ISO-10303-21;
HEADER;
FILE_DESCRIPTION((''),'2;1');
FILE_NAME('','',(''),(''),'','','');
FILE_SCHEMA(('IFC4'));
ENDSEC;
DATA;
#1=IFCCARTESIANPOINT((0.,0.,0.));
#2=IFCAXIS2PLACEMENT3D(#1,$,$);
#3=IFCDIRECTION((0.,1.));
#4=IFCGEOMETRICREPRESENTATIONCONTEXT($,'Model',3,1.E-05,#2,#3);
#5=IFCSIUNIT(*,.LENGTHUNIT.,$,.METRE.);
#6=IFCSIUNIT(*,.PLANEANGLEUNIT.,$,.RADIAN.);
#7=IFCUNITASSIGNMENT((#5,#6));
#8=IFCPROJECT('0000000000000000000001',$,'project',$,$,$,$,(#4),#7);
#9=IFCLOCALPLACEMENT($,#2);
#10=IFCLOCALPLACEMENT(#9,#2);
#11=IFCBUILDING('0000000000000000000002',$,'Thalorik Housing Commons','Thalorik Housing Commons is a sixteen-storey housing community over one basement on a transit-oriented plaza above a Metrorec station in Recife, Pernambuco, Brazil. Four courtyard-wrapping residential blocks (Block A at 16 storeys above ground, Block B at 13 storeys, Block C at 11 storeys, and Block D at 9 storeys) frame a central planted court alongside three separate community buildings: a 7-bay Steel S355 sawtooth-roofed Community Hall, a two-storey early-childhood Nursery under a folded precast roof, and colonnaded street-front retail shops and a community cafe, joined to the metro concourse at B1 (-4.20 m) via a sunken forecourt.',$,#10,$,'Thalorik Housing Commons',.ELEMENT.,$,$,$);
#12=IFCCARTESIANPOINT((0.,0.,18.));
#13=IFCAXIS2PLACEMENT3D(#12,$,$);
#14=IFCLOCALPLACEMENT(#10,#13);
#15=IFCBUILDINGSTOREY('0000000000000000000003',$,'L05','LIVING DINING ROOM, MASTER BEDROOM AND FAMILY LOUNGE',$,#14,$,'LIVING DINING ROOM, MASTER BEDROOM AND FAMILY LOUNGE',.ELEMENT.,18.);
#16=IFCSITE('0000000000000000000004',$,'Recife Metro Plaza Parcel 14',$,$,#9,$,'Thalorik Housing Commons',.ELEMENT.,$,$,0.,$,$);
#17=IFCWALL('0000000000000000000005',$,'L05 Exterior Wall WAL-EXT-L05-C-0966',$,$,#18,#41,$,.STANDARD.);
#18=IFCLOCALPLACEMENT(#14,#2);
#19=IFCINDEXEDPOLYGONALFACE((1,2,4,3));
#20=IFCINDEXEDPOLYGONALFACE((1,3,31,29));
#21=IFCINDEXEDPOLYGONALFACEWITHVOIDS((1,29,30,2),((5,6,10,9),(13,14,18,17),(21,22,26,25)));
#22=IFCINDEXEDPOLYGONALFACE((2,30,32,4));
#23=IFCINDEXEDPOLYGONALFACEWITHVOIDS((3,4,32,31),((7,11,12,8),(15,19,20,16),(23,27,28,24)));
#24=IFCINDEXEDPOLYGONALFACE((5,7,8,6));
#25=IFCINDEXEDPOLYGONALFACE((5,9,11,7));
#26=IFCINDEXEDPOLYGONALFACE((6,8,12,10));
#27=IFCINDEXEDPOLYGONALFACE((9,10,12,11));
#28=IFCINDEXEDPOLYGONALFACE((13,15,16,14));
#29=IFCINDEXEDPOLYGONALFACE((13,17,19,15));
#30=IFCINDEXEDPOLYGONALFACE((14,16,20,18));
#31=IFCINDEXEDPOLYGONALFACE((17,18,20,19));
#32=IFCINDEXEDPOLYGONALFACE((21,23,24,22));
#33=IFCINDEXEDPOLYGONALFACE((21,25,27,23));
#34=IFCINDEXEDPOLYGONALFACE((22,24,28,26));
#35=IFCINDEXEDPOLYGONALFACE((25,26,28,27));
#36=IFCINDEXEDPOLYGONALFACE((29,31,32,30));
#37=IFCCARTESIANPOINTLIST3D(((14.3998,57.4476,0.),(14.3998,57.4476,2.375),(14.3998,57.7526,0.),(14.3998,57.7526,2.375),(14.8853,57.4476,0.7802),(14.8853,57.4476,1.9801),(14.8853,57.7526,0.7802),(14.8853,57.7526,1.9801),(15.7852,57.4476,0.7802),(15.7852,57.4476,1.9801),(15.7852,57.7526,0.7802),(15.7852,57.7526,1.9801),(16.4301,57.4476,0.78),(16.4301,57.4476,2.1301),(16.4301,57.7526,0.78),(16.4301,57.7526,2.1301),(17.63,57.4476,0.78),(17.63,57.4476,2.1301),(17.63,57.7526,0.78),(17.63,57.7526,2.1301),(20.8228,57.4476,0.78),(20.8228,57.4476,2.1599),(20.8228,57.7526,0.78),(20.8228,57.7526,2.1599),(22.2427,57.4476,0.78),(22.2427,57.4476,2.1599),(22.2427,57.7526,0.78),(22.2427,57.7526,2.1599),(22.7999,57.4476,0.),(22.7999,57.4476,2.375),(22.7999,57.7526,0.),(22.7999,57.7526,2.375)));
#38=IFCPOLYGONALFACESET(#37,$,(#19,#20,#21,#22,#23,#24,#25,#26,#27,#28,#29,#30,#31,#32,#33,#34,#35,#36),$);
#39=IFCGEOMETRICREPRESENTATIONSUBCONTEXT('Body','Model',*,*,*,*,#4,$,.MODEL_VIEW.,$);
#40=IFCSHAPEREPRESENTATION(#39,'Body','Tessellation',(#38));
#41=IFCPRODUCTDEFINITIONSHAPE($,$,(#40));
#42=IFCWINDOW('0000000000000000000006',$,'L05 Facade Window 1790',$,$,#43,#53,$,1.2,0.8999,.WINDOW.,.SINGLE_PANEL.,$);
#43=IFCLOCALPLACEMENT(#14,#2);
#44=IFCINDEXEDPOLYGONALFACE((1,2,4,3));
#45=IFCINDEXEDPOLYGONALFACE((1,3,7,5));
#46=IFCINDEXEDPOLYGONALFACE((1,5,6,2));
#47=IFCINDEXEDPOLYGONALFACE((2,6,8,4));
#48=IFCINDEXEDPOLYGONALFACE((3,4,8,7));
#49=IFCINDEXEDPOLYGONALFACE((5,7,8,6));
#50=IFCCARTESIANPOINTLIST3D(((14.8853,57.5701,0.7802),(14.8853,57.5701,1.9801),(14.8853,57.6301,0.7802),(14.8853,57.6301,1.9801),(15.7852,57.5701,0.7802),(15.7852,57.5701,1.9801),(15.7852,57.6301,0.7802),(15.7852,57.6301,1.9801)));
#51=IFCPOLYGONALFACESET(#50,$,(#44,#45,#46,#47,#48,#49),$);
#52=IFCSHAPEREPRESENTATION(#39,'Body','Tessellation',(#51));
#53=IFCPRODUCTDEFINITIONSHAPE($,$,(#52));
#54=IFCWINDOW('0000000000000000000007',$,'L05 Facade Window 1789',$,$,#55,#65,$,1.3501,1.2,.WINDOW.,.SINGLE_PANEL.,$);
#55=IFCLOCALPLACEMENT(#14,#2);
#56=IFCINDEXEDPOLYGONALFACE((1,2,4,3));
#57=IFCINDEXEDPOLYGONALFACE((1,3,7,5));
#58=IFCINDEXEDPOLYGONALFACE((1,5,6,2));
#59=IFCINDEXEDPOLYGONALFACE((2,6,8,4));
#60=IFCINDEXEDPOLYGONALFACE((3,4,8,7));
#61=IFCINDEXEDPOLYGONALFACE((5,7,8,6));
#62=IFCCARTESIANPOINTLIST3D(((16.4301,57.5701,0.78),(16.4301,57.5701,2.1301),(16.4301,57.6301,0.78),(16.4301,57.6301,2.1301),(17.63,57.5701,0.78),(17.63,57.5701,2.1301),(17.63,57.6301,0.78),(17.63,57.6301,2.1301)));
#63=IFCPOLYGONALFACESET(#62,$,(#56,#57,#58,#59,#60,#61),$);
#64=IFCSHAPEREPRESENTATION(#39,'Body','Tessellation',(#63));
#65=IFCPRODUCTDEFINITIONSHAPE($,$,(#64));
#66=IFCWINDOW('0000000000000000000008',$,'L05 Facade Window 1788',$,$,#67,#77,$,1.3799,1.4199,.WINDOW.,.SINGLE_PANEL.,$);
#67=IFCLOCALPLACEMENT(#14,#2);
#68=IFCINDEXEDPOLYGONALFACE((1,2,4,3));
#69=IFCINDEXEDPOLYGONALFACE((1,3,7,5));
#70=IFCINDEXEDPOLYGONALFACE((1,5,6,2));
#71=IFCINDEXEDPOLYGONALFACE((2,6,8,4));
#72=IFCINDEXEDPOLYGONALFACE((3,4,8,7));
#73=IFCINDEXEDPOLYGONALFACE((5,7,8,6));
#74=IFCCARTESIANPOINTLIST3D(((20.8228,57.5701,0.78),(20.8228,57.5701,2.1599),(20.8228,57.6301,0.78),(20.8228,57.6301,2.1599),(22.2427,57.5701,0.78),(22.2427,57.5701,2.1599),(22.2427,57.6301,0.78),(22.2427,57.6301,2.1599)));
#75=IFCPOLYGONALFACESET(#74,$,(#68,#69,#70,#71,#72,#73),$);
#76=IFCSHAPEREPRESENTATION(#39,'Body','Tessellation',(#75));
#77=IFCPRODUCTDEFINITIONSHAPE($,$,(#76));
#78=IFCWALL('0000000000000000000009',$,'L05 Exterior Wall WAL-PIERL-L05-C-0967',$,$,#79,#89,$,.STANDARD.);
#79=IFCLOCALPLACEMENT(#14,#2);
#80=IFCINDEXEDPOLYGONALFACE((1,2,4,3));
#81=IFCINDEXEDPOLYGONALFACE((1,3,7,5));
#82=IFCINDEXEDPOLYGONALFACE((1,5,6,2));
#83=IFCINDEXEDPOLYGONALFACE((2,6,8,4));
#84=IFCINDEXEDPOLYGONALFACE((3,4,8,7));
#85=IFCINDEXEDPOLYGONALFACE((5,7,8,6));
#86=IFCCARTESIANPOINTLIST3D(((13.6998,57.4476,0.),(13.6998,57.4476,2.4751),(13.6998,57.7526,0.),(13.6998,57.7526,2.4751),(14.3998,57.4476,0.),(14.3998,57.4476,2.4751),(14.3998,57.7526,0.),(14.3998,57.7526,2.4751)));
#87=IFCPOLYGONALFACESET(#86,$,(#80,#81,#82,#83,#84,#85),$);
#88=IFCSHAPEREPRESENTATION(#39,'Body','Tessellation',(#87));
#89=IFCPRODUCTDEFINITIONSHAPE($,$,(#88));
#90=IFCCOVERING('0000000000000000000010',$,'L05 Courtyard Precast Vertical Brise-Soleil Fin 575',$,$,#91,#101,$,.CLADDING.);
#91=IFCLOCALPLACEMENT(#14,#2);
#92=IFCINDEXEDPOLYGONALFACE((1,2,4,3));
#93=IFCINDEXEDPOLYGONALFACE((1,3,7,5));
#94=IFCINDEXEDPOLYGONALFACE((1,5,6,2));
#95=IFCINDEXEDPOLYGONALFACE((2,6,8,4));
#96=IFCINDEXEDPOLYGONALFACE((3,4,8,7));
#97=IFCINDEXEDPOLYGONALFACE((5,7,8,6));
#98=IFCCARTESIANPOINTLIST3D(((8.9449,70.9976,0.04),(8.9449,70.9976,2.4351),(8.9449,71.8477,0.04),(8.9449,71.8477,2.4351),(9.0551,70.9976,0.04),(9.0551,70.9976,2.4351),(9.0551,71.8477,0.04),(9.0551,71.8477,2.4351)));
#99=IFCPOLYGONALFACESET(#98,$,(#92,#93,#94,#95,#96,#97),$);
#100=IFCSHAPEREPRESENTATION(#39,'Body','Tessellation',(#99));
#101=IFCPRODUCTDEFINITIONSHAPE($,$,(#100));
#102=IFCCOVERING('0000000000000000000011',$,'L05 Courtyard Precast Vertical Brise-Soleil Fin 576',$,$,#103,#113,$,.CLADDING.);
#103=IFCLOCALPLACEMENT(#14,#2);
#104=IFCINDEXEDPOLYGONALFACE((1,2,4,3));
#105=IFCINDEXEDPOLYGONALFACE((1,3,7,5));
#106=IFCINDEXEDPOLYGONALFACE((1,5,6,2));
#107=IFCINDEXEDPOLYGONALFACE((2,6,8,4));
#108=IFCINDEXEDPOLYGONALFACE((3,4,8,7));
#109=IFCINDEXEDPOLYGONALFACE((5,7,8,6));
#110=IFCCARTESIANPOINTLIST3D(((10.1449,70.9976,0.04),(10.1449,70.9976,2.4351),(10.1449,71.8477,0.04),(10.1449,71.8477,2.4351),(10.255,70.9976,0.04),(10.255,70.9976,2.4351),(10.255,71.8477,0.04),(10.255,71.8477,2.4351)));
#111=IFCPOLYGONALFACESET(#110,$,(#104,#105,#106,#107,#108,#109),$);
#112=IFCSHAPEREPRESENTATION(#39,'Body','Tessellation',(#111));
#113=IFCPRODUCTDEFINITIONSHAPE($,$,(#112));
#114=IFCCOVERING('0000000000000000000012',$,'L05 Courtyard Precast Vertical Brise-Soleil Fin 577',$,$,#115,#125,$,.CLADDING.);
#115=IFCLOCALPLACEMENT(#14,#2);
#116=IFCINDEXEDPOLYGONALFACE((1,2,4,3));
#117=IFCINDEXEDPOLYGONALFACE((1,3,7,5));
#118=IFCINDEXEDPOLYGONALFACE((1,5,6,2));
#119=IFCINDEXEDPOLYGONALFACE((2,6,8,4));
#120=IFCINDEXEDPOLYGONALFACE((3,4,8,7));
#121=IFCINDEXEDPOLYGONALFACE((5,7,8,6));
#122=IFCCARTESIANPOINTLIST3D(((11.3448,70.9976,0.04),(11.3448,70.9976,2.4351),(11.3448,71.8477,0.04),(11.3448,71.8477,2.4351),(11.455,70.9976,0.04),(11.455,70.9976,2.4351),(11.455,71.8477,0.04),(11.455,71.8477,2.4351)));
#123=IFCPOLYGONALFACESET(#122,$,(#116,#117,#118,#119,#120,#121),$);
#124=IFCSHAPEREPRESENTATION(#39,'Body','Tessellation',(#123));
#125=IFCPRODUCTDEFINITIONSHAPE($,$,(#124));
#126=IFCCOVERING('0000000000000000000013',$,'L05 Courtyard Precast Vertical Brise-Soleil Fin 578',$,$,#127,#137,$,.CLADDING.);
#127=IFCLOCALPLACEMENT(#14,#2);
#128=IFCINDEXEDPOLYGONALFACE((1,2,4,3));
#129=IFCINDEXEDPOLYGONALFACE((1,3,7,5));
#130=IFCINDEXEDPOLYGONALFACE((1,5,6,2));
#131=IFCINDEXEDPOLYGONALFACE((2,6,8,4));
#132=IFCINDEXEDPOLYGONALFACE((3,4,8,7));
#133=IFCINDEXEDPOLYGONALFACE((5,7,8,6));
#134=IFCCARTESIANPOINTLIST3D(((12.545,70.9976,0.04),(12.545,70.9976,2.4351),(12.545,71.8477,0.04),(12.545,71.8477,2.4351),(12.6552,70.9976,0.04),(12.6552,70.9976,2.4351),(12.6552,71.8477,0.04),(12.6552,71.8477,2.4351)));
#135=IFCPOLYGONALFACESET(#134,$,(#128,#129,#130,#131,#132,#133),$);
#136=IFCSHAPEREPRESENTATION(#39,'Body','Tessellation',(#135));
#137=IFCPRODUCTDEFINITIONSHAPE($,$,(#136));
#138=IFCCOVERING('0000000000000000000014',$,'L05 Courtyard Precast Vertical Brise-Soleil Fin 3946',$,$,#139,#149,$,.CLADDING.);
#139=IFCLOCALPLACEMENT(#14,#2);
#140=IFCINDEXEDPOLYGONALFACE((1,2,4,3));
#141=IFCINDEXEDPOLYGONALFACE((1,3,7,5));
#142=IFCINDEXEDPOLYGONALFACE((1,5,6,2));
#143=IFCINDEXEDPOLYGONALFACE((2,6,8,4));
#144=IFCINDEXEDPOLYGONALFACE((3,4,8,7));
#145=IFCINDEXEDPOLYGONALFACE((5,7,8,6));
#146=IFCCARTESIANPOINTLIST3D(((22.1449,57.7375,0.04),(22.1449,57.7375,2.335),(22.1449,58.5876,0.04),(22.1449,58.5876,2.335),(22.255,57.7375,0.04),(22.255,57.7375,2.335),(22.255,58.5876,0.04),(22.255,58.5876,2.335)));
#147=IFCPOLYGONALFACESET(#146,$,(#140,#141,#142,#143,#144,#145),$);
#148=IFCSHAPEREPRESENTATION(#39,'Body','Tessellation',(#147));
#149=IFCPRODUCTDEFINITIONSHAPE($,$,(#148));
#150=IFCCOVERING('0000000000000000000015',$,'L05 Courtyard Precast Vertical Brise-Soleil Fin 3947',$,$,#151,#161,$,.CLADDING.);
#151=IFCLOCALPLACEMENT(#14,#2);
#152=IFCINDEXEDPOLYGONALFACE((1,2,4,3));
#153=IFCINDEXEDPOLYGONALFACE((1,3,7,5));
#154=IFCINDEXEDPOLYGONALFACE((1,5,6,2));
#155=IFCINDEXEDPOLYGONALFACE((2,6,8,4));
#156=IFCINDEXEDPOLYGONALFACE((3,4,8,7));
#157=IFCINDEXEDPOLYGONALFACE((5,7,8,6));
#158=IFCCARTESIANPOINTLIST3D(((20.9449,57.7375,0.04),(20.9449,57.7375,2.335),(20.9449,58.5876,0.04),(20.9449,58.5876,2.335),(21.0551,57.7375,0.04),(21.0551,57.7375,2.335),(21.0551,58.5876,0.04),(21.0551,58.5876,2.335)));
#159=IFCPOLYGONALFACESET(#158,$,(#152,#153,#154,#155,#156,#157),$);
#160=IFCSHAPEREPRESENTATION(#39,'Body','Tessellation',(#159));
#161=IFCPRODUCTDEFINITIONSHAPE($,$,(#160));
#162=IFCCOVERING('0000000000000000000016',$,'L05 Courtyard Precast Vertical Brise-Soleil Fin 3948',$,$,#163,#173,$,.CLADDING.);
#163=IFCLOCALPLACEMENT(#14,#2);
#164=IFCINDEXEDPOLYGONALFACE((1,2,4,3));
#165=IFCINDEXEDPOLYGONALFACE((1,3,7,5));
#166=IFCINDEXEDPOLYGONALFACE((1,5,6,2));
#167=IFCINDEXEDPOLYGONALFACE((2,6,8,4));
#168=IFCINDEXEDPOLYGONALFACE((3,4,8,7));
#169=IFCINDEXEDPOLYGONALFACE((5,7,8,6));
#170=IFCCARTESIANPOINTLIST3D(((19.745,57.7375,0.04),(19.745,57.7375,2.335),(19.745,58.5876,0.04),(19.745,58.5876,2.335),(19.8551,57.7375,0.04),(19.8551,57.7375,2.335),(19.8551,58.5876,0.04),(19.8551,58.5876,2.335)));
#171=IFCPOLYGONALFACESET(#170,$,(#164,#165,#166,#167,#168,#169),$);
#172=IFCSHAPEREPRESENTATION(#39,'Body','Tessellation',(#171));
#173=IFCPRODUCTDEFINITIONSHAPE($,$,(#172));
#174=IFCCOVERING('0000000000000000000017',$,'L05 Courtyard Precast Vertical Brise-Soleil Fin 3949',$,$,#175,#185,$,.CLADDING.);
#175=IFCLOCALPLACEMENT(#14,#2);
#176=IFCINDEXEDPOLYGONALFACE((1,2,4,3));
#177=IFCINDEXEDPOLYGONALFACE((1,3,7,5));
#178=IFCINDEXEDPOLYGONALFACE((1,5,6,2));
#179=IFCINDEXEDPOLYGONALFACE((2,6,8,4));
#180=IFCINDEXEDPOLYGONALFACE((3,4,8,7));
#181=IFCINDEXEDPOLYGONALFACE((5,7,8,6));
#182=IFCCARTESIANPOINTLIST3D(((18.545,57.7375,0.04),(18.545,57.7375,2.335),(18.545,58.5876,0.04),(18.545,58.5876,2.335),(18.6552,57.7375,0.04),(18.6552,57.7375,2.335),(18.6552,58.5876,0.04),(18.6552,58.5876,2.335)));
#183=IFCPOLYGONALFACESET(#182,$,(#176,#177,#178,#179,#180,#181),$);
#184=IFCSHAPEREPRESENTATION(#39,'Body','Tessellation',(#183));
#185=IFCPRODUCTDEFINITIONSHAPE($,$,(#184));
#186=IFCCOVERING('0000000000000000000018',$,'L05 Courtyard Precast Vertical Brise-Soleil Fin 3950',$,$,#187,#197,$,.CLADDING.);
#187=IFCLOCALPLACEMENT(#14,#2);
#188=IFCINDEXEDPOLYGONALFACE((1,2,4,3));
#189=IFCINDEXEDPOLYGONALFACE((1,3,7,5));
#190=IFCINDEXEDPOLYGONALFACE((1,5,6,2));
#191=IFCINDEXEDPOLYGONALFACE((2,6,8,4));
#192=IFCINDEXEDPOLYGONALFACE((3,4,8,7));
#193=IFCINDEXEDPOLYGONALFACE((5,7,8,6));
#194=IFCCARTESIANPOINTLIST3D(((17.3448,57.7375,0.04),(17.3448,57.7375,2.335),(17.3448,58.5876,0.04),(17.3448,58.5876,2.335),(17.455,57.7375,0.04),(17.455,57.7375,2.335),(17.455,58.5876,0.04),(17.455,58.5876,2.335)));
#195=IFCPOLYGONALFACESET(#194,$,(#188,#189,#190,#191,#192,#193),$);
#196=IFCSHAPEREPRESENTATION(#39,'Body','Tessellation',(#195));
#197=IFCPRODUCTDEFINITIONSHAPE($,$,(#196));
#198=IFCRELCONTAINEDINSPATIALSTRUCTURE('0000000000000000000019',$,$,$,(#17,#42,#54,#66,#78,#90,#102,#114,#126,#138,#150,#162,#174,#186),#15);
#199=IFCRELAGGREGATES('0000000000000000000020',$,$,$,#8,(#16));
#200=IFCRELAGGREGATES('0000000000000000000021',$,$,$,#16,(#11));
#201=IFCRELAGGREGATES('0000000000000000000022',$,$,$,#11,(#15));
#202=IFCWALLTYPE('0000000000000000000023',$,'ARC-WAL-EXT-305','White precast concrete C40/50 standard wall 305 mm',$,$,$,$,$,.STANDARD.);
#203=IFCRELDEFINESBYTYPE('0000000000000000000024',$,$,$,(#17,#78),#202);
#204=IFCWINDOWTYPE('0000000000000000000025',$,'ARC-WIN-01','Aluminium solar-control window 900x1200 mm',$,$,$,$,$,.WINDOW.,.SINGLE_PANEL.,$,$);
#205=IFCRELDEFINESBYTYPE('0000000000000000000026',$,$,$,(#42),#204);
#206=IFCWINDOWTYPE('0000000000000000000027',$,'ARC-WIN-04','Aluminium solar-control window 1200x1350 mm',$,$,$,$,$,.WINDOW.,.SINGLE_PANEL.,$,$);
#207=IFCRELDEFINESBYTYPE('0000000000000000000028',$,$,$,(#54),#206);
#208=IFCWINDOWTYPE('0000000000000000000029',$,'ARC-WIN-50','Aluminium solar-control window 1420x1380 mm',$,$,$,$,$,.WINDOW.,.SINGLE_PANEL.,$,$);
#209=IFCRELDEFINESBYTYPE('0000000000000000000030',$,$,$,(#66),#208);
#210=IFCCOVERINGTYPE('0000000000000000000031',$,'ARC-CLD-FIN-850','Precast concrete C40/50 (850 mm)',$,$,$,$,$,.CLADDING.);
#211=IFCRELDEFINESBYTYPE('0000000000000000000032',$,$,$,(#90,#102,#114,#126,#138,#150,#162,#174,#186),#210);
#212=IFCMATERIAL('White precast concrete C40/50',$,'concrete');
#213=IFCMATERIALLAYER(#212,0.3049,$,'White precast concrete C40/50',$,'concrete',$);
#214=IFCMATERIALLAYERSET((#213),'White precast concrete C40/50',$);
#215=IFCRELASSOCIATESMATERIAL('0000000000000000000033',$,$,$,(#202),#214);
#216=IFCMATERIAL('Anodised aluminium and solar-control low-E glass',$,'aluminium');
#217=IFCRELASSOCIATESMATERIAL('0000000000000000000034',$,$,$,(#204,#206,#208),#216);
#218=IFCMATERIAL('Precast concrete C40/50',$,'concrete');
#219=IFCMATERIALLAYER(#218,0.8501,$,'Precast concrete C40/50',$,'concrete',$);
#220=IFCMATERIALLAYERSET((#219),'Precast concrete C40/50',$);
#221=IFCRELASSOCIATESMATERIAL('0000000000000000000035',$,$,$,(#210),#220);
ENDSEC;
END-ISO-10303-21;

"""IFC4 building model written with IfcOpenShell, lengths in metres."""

from ifc_helpers import new_model, si_unit, direction, frame, frame_2d, origin, origin_2d, place, context, subcontext, project, spatial, rectangle, extrude, material, layer, layer_set, type_object, element, fill, save


model = new_model("IFC4")

# Units and contexts
model_context = context("Model", 3, precision=1e-05, world=origin(), true_north=direction((0.0, 1.0)))
body_context = subcontext(model_context, "Body", "Model", "MODEL_VIEW")
ifc_project = project(units=[si_unit("LENGTHUNIT", "METRE"), si_unit("PLANEANGLEUNIT", "RADIAN")], contexts=[model_context])

# Site, building, storey
site_placement = place(None, origin())
site = spatial("IfcSite", under=ifc_project, at=site_placement, Name="Recife Metro Plaza Parcel 14", LongName="Thalorik Housing Commons", CompositionType="ELEMENT", RefElevation=0.0)
building_placement = place(site_placement, origin())
building = spatial("IfcBuilding", under=site, at=building_placement, Name="Thalorik Housing Commons", Description="Thalorik Housing Commons is a sixteen-storey housing community over one basement on a transit-oriented plaza above a Metrorec station in Recife, Pernambuco, Brazil. Four courtyard-wrapping residential blocks (Block A at 16 storeys above ground, Block B at 13 storeys, Block C at 11 storeys, and Block D at 9 storeys) frame a central planted court alongside three separate community buildings: a 7-bay Steel S355 sawtooth-roofed Community Hall, a two-storey early-childhood Nursery under a folded precast roof, and colonnaded street-front retail shops and a community cafe, joined to the metro concourse at B1 (-4.20 m) via a sunken forecourt.", LongName="Thalorik Housing Commons", CompositionType="ELEMENT")
storey_placement = place(building_placement, frame((0.0, 0.0, 18.0)))
storey = spatial("IfcBuildingStorey", under=building, at=storey_placement, Name="L05", Description="LIVING DINING ROOM, MASTER BEDROOM AND FAMILY LOUNGE", LongName="LIVING DINING ROOM, MASTER BEDROOM AND FAMILY LOUNGE", CompositionType="ELEMENT", Elevation=18.0)

# Shared definitions
ifc_material_1 = material(Name="Precast concrete C40/50", Category="concrete")

# Shared definitions
ifc_material_2 = material(Name="Anodised aluminium and solar-control low-E glass", Category="aluminium")

# Wall, openings, windows
ifc_material_3 = material(Name="White precast concrete C40/50", Category="concrete")
ifc_layer_1 = layer(ifc_material_3, 0.3049, Name="White precast concrete C40/50", Category="concrete")
ifc_layer_set_1 = layer_set([ifc_layer_1], Name="White precast concrete C40/50")
wall_type = type_object("IfcWallType", Name="ARC-WAL-EXT-305", Description="White precast concrete C40/50 standard wall 305 mm", PredefinedType="STANDARD", material=ifc_layer_set_1)
wall_1_placement = place(storey_placement, frame((22.8, 57.6001, 0.0), z_axis=(0.0, 0.0, 1.0), x_axis=(-1.0, 0.0, 0.0)))
wall_1 = element("IfcWall", 1, at=wall_1_placement, inside=storey, type_object=wall_type, Name="L05 Exterior Wall WAL-EXT-L05-C-0966", PredefinedType="STANDARD", context=body_context, shape_type="SweptSolid", body=[
    extrude(rectangle(XDim=8.4001, YDim=0.3049, at=frame_2d((4.2002, 0.0))), origin(), (0.0, 0.0, 1.0), 2.375),
])
opening_1_placement = place(wall_1_placement, frame((0.5574, 0.0, 0.78)))
opening_1 = element("IfcOpeningElement", 2, at=opening_1_placement, cuts=wall_1, PredefinedType="OPENING", context=body_context, shape_type="SweptSolid", body=[
    extrude(rectangle(XDim=1.4199, YDim=1.3799, at=frame_2d((0.71, 0.6899))), frame((0.0, 0.1626, 0.0), z_axis=(0.0, -1.0, 0.0), x_axis=(1.0, 0.0, 0.0)), (0.0, 0.0, 1.0), 0.325),
])
opening_2_placement = place(wall_1_placement, frame((5.1699, 0.0, 0.78)))
opening_2 = element("IfcOpeningElement", 3, at=opening_2_placement, cuts=wall_1, PredefinedType="OPENING", context=body_context, shape_type="SweptSolid", body=[
    extrude(rectangle(XDim=1.2, YDim=1.3501, at=frame_2d((0.6001, 0.675))), frame((0.0, 0.1626, 0.0), z_axis=(0.0, -1.0, 0.0), x_axis=(1.0, 0.0, 0.0)), (0.0, 0.0, 1.0), 0.325),
])
opening_3_placement = place(wall_1_placement, frame((7.0149, 0.0, 0.78)))
opening_3 = element("IfcOpeningElement", 4, at=opening_3_placement, cuts=wall_1, PredefinedType="OPENING", context=body_context, shape_type="SweptSolid", body=[
    extrude(rectangle(XDim=0.8999, YDim=1.2, at=frame_2d((0.45, 0.6001))), frame((0.0, 0.1626, 0.0), z_axis=(0.0, -1.0, 0.0), x_axis=(1.0, 0.0, 0.0)), (0.0, 0.0, 1.0), 0.325),
])
window_type_1 = type_object("IfcWindowType", Name="ARC-WIN-01", Description="Aluminium solar-control window 900x1200 mm", PartitioningType="SINGLE_PANEL", PredefinedType="WINDOW", material=ifc_material_2)
window_1_placement = place(opening_3_placement, origin())
window_1 = element("IfcWindow", 5, at=window_1_placement, inside=storey, type_object=window_type_1, Name="L05 Facade Window 1790", OverallHeight=1.2, OverallWidth=0.8999, PartitioningType="SINGLE_PANEL", PredefinedType="WINDOW", context=body_context, shape_type="SweptSolid", body=[
    extrude(rectangle(XDim=0.8999, YDim=1.2, at=frame_2d((0.45, 0.6001))), frame((0.0, 0.03, 0.0), z_axis=(0.0, -1.0, 0.0), x_axis=(1.0, 0.0, 0.0)), (0.0, 0.0, 1.0), 0.0601),
])
fill(opening_3, window_1)
window_type_2 = type_object("IfcWindowType", Name="ARC-WIN-04", Description="Aluminium solar-control window 1200x1350 mm", PartitioningType="SINGLE_PANEL", PredefinedType="WINDOW", material=ifc_material_2)
window_2_placement = place(opening_2_placement, origin())
window_2 = element("IfcWindow", 6, at=window_2_placement, inside=storey, type_object=window_type_2, Name="L05 Facade Window 1789", OverallHeight=1.3501, OverallWidth=1.2, PartitioningType="SINGLE_PANEL", PredefinedType="WINDOW", context=body_context, shape_type="SweptSolid", body=[
    extrude(rectangle(XDim=1.2, YDim=1.3501, at=frame_2d((0.6001, 0.675))), frame((0.0, 0.03, 0.0), z_axis=(0.0, -1.0, 0.0), x_axis=(1.0, 0.0, 0.0)), (0.0, 0.0, 1.0), 0.0601),
])
fill(opening_2, window_2)
window_type_3 = type_object("IfcWindowType", Name="ARC-WIN-50", Description="Aluminium solar-control window 1420x1380 mm", PartitioningType="SINGLE_PANEL", PredefinedType="WINDOW", material=ifc_material_2)
window_3_placement = place(opening_1_placement, origin())
window_3 = element("IfcWindow", 7, at=window_3_placement, inside=storey, type_object=window_type_3, Name="L05 Facade Window 1788", OverallHeight=1.3799, OverallWidth=1.4199, PartitioningType="SINGLE_PANEL", PredefinedType="WINDOW", context=body_context, shape_type="SweptSolid", body=[
    extrude(rectangle(XDim=1.4199, YDim=1.3799, at=frame_2d((0.71, 0.6899))), frame((0.0, 0.03, 0.0), z_axis=(0.0, -1.0, 0.0), x_axis=(1.0, 0.0, 0.0)), (0.0, 0.0, 1.0), 0.0601),
])
fill(opening_1, window_3)

# Wall
wall_2_placement = place(storey_placement, frame((14.3999, 57.6001, 0.0), z_axis=(0.0, 0.0, 1.0), x_axis=(-1.0, 0.0, 0.0)))
element("IfcWall", 8, at=wall_2_placement, inside=storey, type_object=wall_type, Name="L05 Exterior Wall WAL-PIERL-L05-C-0967", PredefinedType="STANDARD", context=body_context, shape_type="SweptSolid", body=[
    extrude(rectangle(XDim=0.7, YDim=0.3049, at=frame_2d((0.3501, 0.0))), origin(), (0.0, 0.0, 1.0), 2.4751),
])

# Coverings
ifc_layer_2 = layer(ifc_material_1, 0.8501, Name="Precast concrete C40/50", Category="concrete")
ifc_layer_set_2 = layer_set([ifc_layer_2], Name="Precast concrete C40/50")
covering_type_1 = type_object("IfcCoveringType", Name="ARC-CLD-FIN-850", Description="Precast concrete C40/50 (850 mm)", PredefinedType="CLADDING", material=ifc_layer_set_2)
for number, where, z_axis, x_axis, name in (
    (9, (9.0, 71.4226, 0.04), (0.0, 0.0, 1.0), (1.0, 0.0, 0.0), "L05 Courtyard Precast Vertical Brise-Soleil Fin 575"),
    (10, (10.2, 71.4226, 0.04), (0.0, 0.0, 1.0), (1.0, 0.0, 0.0), "L05 Courtyard Precast Vertical Brise-Soleil Fin 576"),
    (11, (11.3999, 71.4226, 0.04), (0.0, 0.0, 1.0), (1.0, 0.0, 0.0), "L05 Courtyard Precast Vertical Brise-Soleil Fin 577"),
    (12, (12.6001, 71.4226, 0.04), (0.0, 0.0, 1.0), (1.0, 0.0, 0.0), "L05 Courtyard Precast Vertical Brise-Soleil Fin 578"),
):
    element("IfcCovering", number, at=place(storey_placement, frame(where, z_axis=z_axis, x_axis=x_axis)), inside=storey, type_object=covering_type_1, Name=name, PredefinedType="CLADDING", context=body_context, shape_type="SweptSolid", body=[
        extrude(rectangle(XDim=0.1101, YDim=0.8501, at=origin_2d()), origin(), (0.0, 0.0, 1.0), 2.395),
    ])
for number, where, z_axis, x_axis, name in (
    (13, (22.2, 58.1626, 0.04), (0.0, 0.0, 1.0), (-1.0, 0.0, 0.0), "L05 Courtyard Precast Vertical Brise-Soleil Fin 3946"),
    (14, (21.0, 58.1626, 0.04), (0.0, 0.0, 1.0), (-1.0, 0.0, 0.0), "L05 Courtyard Precast Vertical Brise-Soleil Fin 3947"),
    (15, (19.8, 58.1626, 0.04), (0.0, 0.0, 1.0), (-1.0, 0.0, 0.0), "L05 Courtyard Precast Vertical Brise-Soleil Fin 3948"),
    (16, (18.6001, 58.1626, 0.04), (0.0, 0.0, 1.0), (-1.0, 0.0, 0.0), "L05 Courtyard Precast Vertical Brise-Soleil Fin 3949"),
    (17, (17.3999, 58.1626, 0.04), (0.0, 0.0, 1.0), (-1.0, 0.0, 0.0), "L05 Courtyard Precast Vertical Brise-Soleil Fin 3950"),
):
    element("IfcCovering", number, at=place(storey_placement, frame(where, z_axis=z_axis, x_axis=x_axis)), inside=storey, type_object=covering_type_1, Name=name, PredefinedType="CLADDING", context=body_context, shape_type="SweptSolid", body=[
        extrude(rectangle(XDim=0.1101, YDim=0.8501, at=origin_2d()), origin(), (0.0, 0.0, 1.0), 2.2949),
    ])

save(model, "model.ifc")
